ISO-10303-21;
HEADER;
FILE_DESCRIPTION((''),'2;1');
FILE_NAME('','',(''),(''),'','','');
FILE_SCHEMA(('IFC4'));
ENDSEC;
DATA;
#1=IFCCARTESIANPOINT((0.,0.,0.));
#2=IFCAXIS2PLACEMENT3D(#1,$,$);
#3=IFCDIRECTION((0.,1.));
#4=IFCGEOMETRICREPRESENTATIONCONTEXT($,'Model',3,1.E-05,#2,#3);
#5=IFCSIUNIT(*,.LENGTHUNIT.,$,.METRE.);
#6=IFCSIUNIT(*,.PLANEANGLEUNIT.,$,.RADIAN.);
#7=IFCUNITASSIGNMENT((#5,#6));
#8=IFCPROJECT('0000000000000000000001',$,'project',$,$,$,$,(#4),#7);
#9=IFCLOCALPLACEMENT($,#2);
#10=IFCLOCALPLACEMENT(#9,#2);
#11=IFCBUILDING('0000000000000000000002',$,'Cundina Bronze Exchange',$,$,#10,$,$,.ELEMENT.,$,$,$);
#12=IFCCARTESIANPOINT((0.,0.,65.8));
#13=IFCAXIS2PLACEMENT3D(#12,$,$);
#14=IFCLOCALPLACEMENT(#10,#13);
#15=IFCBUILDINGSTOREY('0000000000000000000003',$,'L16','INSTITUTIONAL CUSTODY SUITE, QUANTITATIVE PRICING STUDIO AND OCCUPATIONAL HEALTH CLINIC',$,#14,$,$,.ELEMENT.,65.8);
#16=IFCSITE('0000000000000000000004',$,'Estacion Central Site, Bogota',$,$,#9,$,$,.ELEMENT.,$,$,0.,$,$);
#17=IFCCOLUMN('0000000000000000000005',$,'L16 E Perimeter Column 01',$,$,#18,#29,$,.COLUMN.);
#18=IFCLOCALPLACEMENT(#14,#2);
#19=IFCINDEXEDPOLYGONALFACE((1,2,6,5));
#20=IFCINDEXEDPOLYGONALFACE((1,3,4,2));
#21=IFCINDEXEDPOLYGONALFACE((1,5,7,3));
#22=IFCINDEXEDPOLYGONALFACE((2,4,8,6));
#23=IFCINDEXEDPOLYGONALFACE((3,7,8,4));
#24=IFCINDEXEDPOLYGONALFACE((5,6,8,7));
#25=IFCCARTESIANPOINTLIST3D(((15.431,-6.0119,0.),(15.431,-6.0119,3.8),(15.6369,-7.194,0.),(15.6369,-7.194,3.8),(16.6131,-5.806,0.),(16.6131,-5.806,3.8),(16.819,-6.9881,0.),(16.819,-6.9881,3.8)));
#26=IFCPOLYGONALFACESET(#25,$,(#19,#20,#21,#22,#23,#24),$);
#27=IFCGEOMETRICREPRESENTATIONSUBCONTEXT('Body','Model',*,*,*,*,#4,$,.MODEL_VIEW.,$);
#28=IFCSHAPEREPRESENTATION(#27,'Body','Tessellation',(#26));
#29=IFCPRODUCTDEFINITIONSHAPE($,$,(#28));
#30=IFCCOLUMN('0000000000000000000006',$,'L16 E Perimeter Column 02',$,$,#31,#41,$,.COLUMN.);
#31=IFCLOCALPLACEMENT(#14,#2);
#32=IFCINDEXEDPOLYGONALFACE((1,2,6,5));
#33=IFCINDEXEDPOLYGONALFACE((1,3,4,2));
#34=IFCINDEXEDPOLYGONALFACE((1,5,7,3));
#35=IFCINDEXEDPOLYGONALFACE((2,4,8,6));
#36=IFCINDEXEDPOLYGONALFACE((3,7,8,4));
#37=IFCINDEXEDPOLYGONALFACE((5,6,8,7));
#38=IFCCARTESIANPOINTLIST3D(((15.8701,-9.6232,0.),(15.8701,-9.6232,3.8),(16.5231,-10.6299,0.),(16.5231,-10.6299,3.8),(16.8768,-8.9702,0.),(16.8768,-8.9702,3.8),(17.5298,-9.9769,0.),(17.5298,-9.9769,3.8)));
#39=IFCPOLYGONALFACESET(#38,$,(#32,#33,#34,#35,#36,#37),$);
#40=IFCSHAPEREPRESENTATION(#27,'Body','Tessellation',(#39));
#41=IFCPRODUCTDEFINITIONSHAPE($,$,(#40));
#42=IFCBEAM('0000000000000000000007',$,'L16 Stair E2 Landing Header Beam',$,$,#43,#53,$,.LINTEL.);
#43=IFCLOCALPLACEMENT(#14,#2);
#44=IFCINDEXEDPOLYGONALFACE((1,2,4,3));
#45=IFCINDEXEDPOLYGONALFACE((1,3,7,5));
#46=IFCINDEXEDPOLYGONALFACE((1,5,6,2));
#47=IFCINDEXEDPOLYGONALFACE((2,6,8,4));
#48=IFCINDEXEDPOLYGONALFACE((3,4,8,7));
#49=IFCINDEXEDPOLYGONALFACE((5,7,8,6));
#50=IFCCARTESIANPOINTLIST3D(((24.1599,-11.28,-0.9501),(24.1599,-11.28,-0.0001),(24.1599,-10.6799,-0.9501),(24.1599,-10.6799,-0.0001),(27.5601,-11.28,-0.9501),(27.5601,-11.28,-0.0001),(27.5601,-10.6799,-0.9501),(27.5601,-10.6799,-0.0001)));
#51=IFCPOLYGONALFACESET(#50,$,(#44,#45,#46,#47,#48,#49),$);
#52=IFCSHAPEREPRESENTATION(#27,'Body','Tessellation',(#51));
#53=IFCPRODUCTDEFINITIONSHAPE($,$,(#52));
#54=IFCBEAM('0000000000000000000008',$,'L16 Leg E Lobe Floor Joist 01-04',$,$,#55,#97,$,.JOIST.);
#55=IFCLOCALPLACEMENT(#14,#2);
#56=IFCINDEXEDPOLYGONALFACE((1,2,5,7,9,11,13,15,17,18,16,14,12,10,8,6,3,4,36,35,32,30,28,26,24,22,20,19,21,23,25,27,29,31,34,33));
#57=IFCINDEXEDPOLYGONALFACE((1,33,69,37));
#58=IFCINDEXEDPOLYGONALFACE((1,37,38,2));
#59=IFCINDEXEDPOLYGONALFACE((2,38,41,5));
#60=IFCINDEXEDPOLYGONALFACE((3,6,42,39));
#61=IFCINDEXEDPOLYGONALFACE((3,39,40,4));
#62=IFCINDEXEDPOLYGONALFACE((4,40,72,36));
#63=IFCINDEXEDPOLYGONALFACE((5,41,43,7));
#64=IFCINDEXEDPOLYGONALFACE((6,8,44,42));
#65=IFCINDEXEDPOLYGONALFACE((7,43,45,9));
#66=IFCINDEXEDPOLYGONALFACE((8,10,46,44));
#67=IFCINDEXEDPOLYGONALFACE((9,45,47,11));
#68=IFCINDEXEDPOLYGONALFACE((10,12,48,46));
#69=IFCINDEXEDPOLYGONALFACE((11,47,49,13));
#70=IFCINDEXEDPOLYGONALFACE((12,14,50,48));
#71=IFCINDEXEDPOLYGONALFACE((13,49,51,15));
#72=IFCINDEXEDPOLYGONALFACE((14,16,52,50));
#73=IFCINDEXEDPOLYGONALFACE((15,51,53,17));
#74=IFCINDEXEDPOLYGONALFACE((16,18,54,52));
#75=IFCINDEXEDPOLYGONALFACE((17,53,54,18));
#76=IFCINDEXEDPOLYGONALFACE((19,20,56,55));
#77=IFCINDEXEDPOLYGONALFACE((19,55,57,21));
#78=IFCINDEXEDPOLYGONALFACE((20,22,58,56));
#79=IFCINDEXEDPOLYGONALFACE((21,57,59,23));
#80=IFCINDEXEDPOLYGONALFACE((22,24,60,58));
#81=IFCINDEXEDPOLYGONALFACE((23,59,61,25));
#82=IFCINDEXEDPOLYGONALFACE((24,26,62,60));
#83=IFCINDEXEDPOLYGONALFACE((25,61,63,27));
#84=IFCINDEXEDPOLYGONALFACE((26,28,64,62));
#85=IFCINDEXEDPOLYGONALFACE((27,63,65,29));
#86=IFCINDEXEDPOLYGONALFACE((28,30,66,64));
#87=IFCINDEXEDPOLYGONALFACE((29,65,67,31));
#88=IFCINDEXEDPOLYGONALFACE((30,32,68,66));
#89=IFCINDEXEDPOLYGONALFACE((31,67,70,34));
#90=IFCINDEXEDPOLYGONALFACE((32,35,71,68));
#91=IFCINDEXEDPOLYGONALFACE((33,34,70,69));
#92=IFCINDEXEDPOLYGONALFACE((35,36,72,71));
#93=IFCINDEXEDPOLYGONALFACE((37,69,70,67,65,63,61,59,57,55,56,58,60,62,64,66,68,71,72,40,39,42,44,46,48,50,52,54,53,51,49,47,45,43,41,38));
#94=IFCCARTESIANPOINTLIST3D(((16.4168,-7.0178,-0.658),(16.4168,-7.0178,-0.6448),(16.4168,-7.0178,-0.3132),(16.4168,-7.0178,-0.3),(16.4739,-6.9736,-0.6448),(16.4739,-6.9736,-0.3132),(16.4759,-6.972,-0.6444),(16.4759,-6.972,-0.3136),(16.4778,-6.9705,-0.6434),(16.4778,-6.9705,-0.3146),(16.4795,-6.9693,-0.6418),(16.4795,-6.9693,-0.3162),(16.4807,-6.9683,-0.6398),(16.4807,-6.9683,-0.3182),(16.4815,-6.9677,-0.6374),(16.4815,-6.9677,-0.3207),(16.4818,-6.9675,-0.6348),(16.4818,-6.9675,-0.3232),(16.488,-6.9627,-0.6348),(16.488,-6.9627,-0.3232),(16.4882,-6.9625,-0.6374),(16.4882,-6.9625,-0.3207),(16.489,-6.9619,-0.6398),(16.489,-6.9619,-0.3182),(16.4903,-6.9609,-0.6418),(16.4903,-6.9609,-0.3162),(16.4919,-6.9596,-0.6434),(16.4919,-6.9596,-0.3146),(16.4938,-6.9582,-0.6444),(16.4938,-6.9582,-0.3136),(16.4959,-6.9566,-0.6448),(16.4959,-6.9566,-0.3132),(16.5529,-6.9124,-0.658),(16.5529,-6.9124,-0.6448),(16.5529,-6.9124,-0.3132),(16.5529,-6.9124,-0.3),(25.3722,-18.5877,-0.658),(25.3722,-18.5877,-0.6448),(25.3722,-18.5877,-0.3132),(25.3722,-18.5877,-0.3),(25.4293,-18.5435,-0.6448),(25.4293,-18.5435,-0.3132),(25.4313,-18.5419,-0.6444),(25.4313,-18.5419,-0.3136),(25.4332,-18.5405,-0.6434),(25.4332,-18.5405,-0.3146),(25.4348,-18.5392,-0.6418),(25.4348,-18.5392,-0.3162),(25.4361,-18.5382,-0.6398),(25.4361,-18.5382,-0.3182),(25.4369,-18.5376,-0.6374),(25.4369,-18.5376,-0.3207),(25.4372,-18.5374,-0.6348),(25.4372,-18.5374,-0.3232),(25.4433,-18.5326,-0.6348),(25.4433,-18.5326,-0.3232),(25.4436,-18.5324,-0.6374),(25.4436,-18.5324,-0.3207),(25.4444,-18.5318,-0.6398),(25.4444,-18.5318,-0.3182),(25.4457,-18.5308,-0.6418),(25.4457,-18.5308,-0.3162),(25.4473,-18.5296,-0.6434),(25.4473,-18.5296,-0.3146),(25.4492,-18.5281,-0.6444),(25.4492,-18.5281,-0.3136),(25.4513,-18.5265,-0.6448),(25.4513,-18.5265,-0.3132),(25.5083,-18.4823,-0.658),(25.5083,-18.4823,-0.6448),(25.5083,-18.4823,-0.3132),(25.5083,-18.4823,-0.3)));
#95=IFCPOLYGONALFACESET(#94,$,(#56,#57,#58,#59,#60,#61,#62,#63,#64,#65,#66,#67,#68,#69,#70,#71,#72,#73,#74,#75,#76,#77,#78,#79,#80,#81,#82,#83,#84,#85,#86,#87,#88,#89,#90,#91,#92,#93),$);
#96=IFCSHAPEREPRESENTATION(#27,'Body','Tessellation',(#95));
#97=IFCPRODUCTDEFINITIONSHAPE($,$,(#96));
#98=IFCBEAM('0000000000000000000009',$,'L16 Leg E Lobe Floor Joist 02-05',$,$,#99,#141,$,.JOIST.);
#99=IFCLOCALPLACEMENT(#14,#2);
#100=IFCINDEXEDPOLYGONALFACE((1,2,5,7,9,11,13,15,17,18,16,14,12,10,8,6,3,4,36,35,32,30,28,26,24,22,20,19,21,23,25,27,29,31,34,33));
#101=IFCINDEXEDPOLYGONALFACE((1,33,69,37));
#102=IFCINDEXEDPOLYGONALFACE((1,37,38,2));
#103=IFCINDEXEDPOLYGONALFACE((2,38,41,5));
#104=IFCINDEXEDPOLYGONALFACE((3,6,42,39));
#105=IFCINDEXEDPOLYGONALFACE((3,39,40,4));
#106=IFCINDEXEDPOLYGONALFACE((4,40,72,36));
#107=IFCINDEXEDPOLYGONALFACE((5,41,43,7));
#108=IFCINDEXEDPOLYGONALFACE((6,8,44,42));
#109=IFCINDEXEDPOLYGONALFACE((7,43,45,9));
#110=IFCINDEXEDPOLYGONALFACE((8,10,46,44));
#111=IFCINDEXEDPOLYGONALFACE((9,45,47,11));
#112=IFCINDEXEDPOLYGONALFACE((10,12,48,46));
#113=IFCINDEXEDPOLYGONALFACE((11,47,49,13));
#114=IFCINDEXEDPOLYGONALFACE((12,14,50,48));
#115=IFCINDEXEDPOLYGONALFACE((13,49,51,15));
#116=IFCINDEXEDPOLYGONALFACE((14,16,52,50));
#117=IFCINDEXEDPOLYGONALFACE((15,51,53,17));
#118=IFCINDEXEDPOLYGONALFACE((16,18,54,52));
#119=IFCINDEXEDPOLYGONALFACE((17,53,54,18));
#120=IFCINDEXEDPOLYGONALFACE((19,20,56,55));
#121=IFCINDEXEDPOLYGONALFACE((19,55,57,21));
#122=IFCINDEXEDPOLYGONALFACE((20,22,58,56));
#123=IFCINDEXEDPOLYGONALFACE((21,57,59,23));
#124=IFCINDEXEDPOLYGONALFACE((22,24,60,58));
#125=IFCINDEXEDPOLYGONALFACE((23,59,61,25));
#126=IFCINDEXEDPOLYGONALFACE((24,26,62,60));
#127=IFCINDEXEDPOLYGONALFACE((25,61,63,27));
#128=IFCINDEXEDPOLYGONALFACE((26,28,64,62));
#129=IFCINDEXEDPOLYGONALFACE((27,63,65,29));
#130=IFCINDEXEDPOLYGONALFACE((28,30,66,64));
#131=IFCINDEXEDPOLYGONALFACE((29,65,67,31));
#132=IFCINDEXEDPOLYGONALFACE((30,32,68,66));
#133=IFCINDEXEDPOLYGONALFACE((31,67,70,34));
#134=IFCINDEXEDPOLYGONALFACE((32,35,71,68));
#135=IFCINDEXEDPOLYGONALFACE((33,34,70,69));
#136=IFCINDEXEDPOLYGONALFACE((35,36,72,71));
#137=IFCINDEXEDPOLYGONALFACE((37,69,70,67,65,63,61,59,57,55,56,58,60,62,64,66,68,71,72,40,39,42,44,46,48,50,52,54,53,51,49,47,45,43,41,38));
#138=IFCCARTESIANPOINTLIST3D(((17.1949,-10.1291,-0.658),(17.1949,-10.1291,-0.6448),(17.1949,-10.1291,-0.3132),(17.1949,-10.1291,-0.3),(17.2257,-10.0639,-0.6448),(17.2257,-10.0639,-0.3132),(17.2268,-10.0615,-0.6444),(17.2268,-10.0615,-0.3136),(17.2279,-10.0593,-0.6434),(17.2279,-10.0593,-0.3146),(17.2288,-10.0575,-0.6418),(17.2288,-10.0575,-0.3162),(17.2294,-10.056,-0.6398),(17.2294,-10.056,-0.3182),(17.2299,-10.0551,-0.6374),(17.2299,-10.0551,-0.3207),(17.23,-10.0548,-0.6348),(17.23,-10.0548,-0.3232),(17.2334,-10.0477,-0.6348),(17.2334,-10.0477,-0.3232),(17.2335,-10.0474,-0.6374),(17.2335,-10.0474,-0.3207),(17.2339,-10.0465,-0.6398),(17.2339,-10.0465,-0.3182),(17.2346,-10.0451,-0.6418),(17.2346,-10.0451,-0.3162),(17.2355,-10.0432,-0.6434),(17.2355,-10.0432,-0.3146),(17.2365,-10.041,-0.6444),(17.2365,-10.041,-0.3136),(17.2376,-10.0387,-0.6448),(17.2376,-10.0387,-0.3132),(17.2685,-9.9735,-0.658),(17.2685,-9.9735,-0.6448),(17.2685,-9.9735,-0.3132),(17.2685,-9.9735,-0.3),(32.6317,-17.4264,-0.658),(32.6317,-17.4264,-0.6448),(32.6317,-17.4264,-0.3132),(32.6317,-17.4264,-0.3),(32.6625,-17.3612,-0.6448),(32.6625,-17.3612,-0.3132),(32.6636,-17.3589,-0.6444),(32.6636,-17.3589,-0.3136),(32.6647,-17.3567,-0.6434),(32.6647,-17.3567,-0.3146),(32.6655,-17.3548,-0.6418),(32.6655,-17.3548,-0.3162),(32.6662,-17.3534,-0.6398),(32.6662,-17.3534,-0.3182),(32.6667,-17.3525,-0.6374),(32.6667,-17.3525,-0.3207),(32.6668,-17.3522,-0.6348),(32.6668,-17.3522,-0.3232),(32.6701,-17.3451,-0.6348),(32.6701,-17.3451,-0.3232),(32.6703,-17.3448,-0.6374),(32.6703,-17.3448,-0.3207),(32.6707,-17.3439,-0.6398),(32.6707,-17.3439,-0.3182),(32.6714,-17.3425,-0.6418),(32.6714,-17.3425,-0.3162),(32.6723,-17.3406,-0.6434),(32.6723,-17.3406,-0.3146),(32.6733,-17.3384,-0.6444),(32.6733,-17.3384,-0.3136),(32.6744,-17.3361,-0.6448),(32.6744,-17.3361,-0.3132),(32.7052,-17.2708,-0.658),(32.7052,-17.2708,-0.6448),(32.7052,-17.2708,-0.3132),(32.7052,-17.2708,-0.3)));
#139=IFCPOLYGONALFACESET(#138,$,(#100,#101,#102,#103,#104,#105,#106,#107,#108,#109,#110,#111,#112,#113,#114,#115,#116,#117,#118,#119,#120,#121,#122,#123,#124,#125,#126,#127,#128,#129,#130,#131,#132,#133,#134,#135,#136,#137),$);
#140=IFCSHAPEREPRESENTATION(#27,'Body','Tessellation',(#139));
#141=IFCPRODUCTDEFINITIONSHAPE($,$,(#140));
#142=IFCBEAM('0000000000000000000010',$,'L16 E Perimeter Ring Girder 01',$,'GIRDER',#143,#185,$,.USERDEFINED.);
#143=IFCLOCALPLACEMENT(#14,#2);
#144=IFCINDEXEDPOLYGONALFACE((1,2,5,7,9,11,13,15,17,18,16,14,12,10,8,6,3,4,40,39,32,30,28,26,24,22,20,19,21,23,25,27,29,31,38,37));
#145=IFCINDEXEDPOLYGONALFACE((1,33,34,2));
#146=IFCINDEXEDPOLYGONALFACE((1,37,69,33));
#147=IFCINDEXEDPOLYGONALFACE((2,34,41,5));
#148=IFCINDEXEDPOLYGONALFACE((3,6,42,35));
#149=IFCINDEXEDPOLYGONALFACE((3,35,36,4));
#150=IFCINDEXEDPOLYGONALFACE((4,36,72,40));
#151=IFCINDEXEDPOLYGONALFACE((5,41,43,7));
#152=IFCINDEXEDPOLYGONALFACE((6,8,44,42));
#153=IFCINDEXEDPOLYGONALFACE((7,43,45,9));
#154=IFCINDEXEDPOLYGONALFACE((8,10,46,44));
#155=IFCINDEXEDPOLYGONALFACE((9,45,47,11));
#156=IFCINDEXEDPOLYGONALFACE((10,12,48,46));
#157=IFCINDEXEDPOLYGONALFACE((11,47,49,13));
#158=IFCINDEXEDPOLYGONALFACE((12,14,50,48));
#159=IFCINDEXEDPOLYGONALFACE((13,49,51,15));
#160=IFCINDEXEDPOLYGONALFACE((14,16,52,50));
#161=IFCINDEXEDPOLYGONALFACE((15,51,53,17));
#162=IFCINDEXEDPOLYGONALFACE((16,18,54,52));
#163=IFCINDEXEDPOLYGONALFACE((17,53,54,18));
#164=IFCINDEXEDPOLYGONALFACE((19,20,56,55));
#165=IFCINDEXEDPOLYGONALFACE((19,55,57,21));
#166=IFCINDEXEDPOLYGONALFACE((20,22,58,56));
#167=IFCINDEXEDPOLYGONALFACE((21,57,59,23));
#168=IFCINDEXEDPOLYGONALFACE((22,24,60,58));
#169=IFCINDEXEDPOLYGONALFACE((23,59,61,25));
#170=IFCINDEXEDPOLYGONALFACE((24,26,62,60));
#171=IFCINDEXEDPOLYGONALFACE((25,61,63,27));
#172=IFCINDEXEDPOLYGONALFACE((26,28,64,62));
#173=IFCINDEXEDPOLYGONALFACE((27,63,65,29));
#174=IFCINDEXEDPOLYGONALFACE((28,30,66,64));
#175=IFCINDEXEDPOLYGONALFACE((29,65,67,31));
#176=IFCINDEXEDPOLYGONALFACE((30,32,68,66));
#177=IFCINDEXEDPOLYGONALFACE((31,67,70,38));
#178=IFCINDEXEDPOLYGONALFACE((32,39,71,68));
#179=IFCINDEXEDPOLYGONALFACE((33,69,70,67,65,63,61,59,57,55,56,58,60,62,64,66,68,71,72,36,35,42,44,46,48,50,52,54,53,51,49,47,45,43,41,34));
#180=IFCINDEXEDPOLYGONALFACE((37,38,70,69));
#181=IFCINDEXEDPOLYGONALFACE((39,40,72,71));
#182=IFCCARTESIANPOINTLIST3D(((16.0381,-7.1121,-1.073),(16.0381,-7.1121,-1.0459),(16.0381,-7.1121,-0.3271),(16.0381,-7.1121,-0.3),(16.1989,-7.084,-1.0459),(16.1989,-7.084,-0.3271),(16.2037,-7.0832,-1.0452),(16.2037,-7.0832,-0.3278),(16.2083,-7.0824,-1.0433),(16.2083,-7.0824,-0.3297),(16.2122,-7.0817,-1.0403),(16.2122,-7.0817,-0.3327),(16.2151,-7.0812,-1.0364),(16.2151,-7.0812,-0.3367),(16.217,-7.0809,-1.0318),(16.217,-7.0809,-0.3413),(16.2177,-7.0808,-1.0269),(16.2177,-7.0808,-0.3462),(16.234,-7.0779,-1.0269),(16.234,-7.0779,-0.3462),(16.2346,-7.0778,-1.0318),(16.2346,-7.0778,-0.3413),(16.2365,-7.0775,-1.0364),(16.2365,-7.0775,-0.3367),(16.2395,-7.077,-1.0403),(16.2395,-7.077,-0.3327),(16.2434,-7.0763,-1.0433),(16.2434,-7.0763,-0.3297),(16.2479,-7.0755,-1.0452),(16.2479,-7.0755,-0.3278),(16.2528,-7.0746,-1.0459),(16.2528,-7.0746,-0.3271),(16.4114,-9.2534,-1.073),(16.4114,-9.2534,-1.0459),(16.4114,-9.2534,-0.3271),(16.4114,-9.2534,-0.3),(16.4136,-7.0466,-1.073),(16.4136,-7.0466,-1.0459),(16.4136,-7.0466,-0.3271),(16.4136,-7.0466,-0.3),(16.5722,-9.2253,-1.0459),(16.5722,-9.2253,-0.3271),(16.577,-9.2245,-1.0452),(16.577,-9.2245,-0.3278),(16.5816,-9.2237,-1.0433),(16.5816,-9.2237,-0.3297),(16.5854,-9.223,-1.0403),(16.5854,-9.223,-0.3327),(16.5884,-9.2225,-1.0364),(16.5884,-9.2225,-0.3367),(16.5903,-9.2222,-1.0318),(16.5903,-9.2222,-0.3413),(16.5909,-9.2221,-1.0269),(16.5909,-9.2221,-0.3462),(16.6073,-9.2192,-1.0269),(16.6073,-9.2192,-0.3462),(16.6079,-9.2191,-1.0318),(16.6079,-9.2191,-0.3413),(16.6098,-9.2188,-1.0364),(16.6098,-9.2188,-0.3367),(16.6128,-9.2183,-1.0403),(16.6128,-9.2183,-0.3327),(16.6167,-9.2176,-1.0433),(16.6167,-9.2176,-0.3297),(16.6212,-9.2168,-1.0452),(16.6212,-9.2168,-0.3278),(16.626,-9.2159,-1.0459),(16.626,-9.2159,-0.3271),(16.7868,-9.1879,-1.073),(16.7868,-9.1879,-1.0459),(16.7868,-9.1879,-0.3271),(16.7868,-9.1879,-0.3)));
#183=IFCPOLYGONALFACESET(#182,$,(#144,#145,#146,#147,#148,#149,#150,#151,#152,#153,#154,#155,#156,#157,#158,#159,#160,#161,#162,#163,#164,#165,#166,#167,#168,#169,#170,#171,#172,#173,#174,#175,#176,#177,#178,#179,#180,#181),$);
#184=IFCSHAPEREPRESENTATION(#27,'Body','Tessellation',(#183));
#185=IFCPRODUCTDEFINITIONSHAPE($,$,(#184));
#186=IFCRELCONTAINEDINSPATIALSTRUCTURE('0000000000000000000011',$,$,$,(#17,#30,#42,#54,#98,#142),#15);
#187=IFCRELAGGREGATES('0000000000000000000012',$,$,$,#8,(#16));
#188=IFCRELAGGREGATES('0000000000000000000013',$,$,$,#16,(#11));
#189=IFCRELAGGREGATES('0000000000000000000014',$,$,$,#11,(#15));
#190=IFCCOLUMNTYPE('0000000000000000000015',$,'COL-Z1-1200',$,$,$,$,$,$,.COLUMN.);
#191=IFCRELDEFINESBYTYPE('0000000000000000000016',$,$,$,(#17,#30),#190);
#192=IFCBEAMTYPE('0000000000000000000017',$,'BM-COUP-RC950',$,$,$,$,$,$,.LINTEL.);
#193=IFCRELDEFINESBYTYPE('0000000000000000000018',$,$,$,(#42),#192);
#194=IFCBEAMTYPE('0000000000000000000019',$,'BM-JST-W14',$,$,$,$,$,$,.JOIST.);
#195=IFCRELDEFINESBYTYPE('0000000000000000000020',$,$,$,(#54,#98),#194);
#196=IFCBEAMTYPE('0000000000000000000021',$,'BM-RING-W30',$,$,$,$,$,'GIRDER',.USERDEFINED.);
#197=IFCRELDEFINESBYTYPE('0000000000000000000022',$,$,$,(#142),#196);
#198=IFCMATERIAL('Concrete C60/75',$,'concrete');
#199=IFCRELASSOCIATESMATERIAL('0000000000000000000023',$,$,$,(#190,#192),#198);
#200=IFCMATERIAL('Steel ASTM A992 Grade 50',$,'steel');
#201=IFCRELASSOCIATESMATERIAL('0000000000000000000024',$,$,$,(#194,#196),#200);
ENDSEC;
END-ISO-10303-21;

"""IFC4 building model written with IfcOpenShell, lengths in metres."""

from ifc_helpers import new_model, si_unit, direction, frame, origin, origin_2d, place, context, subcontext, project, spatial, rectangle, i_section, extrude, material, material_profile, profile_set, type_object, element, save


model = new_model("IFC4")

# Units and contexts
model_context = context("Model", 3, precision=1e-05, world=origin(), true_north=direction((0.0, 1.0)))
body_context = subcontext(model_context, "Body", "Model", "MODEL_VIEW")
ifc_project = project(units=[si_unit("LENGTHUNIT", "METRE"), si_unit("PLANEANGLEUNIT", "RADIAN")], contexts=[model_context])

# Site, building, storey
site_placement = place(None, origin())
site = spatial("IfcSite", under=ifc_project, at=site_placement, Name="Estacion Central Site, Bogota", CompositionType="ELEMENT", RefElevation=0.0)
building_placement = place(site_placement, origin())
building = spatial("IfcBuilding", under=site, at=building_placement, Name="Cundina Bronze Exchange", CompositionType="ELEMENT")
storey_placement = place(building_placement, frame((0.0, 0.0, 65.8)))
storey = spatial("IfcBuildingStorey", under=building, at=storey_placement, Name="L16", Description="INSTITUTIONAL CUSTODY SUITE, QUANTITATIVE PRICING STUDIO AND OCCUPATIONAL HEALTH CLINIC", CompositionType="ELEMENT", Elevation=65.8)

# Columns
ifc_material_1 = material(Name="Concrete C60/75", Category="concrete")
ifc_material_profile_1 = material_profile(ifc_material_1, rectangle(XDim=1.2, YDim=1.2, at=origin_2d()), Name="RC1200X1200", Category="concrete")
ifc_profile_set_1 = profile_set([ifc_material_profile_1], Name="Concrete C60/75")
column_type = type_object("IfcColumnType", Name="COL-Z1-1200", PredefinedType="COLUMN", material=ifc_profile_set_1)
for number, where, z_axis, x_axis, name in (
    (1, (16.125, -6.5, 0.0), (0.0, 0.0, 1.0), (0.171585, -0.985169, 0.0), "L16 E Perimeter Column 01"),
    (2, (16.7, -9.8, 0.0), (0.0, 0.0, 1.0), (0.5442, -0.838956, 0.0), "L16 E Perimeter Column 02"),
):
    element("IfcColumn", number, at=place(storey_placement, frame(where, z_axis=z_axis, x_axis=x_axis)), inside=storey, type_object=column_type, Name=name, PredefinedType="COLUMN", context=body_context, shape_type="SweptSolid", body=[
        extrude(rectangle(XDim=1.2, YDim=1.2, at=origin_2d()), origin(), (0.0, 0.0, 1.0), 3.8),
    ])

# Beams
ifc_material_profile_2 = material_profile(ifc_material_1, rectangle(XDim=0.6001, YDim=0.95, at=origin_2d()), Name="RC600X950", Category="concrete")
ifc_profile_set_2 = profile_set([ifc_material_profile_2], Name="Concrete C60/75")
beam_type_1 = type_object("IfcBeamType", Name="BM-COUP-RC950", PredefinedType="LINTEL", material=ifc_profile_set_2)
beam_1_placement = place(storey_placement, frame((24.1599, -10.98, -0.4751), z_axis=(1.0, 0.0, 0.0), x_axis=(0.0, 1.0, 0.0)))
element("IfcBeam", 3, at=beam_1_placement, inside=storey, type_object=beam_type_1, Name="L16 Stair E2 Landing Header Beam", PredefinedType="LINTEL", context=body_context, shape_type="SweptSolid", body=[
    extrude(rectangle(XDim=0.6001, YDim=0.95, at=origin_2d()), origin(), (0.0, 0.0, 1.0), 3.4001),
])
ifc_material_2 = material(Name="Steel ASTM A992 Grade 50", Category="steel")
ifc_material_profile_3 = material_profile(ifc_material_2, i_section(OverallWidth=0.1721, OverallDepth=0.3579, WebThickness=0.0078, FlangeThickness=0.0132, FilletRadius=0.01, at=origin_2d()), Name="W14X38", Category="steel")
ifc_profile_set_3 = profile_set([ifc_material_profile_3], Name="Steel ASTM A992 Grade 50")
beam_type_2 = type_object("IfcBeamType", Name="BM-JST-W14", PredefinedType="JOIST", material=ifc_profile_set_3)
beam_2_placement = place(storey_placement, frame((16.4849, -6.9651, -0.479), z_axis=(0.612089, -0.790789, 0.0), x_axis=(0.790789, 0.612089, 0.0)))
element("IfcBeam", 4, at=beam_2_placement, inside=storey, type_object=beam_type_2, Name="L16 Leg E Lobe Floor Joist 01-04", PredefinedType="JOIST", context=body_context, shape_type="SweptSolid", body=[
    extrude(i_section(OverallWidth=0.1721, OverallDepth=0.3579, WebThickness=0.0078, FlangeThickness=0.0132, FilletRadius=0.01, at=origin_2d()), origin(), (0.0, 0.0, 1.0), 14.6309),
])
beam_3_placement = place(storey_placement, frame((17.2317, -10.0513, -0.479), z_axis=(0.904073, -0.427379, 0.0), x_axis=(0.427379, 0.904073, 0.0)))
element("IfcBeam", 5, at=beam_3_placement, inside=storey, type_object=beam_type_2, Name="L16 Leg E Lobe Floor Joist 02-05", PredefinedType="JOIST", context=body_context, shape_type="SweptSolid", body=[
    extrude(i_section(OverallWidth=0.1721, OverallDepth=0.3579, WebThickness=0.0078, FlangeThickness=0.0132, FilletRadius=0.01, at=origin_2d()), origin(), (0.0, 0.0, 1.0), 17.0747),
])
ifc_material_profile_4 = material_profile(ifc_material_2, i_section(OverallWidth=0.3811, OverallDepth=0.7729, WebThickness=0.0166, FlangeThickness=0.0271, FilletRadius=0.019, at=origin_2d()), Name="W30X173", Category="steel")
ifc_profile_set_4 = profile_set([ifc_material_profile_4], Name="Steel ASTM A992 Grade 50")
beam_type_3 = type_object("IfcBeamType", Name="BM-RING-W30", ElementType="GIRDER", PredefinedType="USERDEFINED", material=ifc_profile_set_4)
beam_4_placement = place(storey_placement, frame((16.2258, -7.0793, -0.6865), z_axis=(0.171735, -0.985143, 0.0), x_axis=(0.985143, 0.171735, 0.0)))
element("IfcBeam", 6, at=beam_4_placement, inside=storey, type_object=beam_type_3, Name="L16 E Perimeter Ring Girder 01", ObjectType="GIRDER", PredefinedType="USERDEFINED", context=body_context, shape_type="SweptSolid", body=[
    extrude(i_section(OverallWidth=0.3811, OverallDepth=0.7729, WebThickness=0.0166, FlangeThickness=0.0271, FilletRadius=0.019, at=origin_2d()), origin(), (0.0, 0.0, 1.0), 2.1736),
])

save(model, "model.ifc")
